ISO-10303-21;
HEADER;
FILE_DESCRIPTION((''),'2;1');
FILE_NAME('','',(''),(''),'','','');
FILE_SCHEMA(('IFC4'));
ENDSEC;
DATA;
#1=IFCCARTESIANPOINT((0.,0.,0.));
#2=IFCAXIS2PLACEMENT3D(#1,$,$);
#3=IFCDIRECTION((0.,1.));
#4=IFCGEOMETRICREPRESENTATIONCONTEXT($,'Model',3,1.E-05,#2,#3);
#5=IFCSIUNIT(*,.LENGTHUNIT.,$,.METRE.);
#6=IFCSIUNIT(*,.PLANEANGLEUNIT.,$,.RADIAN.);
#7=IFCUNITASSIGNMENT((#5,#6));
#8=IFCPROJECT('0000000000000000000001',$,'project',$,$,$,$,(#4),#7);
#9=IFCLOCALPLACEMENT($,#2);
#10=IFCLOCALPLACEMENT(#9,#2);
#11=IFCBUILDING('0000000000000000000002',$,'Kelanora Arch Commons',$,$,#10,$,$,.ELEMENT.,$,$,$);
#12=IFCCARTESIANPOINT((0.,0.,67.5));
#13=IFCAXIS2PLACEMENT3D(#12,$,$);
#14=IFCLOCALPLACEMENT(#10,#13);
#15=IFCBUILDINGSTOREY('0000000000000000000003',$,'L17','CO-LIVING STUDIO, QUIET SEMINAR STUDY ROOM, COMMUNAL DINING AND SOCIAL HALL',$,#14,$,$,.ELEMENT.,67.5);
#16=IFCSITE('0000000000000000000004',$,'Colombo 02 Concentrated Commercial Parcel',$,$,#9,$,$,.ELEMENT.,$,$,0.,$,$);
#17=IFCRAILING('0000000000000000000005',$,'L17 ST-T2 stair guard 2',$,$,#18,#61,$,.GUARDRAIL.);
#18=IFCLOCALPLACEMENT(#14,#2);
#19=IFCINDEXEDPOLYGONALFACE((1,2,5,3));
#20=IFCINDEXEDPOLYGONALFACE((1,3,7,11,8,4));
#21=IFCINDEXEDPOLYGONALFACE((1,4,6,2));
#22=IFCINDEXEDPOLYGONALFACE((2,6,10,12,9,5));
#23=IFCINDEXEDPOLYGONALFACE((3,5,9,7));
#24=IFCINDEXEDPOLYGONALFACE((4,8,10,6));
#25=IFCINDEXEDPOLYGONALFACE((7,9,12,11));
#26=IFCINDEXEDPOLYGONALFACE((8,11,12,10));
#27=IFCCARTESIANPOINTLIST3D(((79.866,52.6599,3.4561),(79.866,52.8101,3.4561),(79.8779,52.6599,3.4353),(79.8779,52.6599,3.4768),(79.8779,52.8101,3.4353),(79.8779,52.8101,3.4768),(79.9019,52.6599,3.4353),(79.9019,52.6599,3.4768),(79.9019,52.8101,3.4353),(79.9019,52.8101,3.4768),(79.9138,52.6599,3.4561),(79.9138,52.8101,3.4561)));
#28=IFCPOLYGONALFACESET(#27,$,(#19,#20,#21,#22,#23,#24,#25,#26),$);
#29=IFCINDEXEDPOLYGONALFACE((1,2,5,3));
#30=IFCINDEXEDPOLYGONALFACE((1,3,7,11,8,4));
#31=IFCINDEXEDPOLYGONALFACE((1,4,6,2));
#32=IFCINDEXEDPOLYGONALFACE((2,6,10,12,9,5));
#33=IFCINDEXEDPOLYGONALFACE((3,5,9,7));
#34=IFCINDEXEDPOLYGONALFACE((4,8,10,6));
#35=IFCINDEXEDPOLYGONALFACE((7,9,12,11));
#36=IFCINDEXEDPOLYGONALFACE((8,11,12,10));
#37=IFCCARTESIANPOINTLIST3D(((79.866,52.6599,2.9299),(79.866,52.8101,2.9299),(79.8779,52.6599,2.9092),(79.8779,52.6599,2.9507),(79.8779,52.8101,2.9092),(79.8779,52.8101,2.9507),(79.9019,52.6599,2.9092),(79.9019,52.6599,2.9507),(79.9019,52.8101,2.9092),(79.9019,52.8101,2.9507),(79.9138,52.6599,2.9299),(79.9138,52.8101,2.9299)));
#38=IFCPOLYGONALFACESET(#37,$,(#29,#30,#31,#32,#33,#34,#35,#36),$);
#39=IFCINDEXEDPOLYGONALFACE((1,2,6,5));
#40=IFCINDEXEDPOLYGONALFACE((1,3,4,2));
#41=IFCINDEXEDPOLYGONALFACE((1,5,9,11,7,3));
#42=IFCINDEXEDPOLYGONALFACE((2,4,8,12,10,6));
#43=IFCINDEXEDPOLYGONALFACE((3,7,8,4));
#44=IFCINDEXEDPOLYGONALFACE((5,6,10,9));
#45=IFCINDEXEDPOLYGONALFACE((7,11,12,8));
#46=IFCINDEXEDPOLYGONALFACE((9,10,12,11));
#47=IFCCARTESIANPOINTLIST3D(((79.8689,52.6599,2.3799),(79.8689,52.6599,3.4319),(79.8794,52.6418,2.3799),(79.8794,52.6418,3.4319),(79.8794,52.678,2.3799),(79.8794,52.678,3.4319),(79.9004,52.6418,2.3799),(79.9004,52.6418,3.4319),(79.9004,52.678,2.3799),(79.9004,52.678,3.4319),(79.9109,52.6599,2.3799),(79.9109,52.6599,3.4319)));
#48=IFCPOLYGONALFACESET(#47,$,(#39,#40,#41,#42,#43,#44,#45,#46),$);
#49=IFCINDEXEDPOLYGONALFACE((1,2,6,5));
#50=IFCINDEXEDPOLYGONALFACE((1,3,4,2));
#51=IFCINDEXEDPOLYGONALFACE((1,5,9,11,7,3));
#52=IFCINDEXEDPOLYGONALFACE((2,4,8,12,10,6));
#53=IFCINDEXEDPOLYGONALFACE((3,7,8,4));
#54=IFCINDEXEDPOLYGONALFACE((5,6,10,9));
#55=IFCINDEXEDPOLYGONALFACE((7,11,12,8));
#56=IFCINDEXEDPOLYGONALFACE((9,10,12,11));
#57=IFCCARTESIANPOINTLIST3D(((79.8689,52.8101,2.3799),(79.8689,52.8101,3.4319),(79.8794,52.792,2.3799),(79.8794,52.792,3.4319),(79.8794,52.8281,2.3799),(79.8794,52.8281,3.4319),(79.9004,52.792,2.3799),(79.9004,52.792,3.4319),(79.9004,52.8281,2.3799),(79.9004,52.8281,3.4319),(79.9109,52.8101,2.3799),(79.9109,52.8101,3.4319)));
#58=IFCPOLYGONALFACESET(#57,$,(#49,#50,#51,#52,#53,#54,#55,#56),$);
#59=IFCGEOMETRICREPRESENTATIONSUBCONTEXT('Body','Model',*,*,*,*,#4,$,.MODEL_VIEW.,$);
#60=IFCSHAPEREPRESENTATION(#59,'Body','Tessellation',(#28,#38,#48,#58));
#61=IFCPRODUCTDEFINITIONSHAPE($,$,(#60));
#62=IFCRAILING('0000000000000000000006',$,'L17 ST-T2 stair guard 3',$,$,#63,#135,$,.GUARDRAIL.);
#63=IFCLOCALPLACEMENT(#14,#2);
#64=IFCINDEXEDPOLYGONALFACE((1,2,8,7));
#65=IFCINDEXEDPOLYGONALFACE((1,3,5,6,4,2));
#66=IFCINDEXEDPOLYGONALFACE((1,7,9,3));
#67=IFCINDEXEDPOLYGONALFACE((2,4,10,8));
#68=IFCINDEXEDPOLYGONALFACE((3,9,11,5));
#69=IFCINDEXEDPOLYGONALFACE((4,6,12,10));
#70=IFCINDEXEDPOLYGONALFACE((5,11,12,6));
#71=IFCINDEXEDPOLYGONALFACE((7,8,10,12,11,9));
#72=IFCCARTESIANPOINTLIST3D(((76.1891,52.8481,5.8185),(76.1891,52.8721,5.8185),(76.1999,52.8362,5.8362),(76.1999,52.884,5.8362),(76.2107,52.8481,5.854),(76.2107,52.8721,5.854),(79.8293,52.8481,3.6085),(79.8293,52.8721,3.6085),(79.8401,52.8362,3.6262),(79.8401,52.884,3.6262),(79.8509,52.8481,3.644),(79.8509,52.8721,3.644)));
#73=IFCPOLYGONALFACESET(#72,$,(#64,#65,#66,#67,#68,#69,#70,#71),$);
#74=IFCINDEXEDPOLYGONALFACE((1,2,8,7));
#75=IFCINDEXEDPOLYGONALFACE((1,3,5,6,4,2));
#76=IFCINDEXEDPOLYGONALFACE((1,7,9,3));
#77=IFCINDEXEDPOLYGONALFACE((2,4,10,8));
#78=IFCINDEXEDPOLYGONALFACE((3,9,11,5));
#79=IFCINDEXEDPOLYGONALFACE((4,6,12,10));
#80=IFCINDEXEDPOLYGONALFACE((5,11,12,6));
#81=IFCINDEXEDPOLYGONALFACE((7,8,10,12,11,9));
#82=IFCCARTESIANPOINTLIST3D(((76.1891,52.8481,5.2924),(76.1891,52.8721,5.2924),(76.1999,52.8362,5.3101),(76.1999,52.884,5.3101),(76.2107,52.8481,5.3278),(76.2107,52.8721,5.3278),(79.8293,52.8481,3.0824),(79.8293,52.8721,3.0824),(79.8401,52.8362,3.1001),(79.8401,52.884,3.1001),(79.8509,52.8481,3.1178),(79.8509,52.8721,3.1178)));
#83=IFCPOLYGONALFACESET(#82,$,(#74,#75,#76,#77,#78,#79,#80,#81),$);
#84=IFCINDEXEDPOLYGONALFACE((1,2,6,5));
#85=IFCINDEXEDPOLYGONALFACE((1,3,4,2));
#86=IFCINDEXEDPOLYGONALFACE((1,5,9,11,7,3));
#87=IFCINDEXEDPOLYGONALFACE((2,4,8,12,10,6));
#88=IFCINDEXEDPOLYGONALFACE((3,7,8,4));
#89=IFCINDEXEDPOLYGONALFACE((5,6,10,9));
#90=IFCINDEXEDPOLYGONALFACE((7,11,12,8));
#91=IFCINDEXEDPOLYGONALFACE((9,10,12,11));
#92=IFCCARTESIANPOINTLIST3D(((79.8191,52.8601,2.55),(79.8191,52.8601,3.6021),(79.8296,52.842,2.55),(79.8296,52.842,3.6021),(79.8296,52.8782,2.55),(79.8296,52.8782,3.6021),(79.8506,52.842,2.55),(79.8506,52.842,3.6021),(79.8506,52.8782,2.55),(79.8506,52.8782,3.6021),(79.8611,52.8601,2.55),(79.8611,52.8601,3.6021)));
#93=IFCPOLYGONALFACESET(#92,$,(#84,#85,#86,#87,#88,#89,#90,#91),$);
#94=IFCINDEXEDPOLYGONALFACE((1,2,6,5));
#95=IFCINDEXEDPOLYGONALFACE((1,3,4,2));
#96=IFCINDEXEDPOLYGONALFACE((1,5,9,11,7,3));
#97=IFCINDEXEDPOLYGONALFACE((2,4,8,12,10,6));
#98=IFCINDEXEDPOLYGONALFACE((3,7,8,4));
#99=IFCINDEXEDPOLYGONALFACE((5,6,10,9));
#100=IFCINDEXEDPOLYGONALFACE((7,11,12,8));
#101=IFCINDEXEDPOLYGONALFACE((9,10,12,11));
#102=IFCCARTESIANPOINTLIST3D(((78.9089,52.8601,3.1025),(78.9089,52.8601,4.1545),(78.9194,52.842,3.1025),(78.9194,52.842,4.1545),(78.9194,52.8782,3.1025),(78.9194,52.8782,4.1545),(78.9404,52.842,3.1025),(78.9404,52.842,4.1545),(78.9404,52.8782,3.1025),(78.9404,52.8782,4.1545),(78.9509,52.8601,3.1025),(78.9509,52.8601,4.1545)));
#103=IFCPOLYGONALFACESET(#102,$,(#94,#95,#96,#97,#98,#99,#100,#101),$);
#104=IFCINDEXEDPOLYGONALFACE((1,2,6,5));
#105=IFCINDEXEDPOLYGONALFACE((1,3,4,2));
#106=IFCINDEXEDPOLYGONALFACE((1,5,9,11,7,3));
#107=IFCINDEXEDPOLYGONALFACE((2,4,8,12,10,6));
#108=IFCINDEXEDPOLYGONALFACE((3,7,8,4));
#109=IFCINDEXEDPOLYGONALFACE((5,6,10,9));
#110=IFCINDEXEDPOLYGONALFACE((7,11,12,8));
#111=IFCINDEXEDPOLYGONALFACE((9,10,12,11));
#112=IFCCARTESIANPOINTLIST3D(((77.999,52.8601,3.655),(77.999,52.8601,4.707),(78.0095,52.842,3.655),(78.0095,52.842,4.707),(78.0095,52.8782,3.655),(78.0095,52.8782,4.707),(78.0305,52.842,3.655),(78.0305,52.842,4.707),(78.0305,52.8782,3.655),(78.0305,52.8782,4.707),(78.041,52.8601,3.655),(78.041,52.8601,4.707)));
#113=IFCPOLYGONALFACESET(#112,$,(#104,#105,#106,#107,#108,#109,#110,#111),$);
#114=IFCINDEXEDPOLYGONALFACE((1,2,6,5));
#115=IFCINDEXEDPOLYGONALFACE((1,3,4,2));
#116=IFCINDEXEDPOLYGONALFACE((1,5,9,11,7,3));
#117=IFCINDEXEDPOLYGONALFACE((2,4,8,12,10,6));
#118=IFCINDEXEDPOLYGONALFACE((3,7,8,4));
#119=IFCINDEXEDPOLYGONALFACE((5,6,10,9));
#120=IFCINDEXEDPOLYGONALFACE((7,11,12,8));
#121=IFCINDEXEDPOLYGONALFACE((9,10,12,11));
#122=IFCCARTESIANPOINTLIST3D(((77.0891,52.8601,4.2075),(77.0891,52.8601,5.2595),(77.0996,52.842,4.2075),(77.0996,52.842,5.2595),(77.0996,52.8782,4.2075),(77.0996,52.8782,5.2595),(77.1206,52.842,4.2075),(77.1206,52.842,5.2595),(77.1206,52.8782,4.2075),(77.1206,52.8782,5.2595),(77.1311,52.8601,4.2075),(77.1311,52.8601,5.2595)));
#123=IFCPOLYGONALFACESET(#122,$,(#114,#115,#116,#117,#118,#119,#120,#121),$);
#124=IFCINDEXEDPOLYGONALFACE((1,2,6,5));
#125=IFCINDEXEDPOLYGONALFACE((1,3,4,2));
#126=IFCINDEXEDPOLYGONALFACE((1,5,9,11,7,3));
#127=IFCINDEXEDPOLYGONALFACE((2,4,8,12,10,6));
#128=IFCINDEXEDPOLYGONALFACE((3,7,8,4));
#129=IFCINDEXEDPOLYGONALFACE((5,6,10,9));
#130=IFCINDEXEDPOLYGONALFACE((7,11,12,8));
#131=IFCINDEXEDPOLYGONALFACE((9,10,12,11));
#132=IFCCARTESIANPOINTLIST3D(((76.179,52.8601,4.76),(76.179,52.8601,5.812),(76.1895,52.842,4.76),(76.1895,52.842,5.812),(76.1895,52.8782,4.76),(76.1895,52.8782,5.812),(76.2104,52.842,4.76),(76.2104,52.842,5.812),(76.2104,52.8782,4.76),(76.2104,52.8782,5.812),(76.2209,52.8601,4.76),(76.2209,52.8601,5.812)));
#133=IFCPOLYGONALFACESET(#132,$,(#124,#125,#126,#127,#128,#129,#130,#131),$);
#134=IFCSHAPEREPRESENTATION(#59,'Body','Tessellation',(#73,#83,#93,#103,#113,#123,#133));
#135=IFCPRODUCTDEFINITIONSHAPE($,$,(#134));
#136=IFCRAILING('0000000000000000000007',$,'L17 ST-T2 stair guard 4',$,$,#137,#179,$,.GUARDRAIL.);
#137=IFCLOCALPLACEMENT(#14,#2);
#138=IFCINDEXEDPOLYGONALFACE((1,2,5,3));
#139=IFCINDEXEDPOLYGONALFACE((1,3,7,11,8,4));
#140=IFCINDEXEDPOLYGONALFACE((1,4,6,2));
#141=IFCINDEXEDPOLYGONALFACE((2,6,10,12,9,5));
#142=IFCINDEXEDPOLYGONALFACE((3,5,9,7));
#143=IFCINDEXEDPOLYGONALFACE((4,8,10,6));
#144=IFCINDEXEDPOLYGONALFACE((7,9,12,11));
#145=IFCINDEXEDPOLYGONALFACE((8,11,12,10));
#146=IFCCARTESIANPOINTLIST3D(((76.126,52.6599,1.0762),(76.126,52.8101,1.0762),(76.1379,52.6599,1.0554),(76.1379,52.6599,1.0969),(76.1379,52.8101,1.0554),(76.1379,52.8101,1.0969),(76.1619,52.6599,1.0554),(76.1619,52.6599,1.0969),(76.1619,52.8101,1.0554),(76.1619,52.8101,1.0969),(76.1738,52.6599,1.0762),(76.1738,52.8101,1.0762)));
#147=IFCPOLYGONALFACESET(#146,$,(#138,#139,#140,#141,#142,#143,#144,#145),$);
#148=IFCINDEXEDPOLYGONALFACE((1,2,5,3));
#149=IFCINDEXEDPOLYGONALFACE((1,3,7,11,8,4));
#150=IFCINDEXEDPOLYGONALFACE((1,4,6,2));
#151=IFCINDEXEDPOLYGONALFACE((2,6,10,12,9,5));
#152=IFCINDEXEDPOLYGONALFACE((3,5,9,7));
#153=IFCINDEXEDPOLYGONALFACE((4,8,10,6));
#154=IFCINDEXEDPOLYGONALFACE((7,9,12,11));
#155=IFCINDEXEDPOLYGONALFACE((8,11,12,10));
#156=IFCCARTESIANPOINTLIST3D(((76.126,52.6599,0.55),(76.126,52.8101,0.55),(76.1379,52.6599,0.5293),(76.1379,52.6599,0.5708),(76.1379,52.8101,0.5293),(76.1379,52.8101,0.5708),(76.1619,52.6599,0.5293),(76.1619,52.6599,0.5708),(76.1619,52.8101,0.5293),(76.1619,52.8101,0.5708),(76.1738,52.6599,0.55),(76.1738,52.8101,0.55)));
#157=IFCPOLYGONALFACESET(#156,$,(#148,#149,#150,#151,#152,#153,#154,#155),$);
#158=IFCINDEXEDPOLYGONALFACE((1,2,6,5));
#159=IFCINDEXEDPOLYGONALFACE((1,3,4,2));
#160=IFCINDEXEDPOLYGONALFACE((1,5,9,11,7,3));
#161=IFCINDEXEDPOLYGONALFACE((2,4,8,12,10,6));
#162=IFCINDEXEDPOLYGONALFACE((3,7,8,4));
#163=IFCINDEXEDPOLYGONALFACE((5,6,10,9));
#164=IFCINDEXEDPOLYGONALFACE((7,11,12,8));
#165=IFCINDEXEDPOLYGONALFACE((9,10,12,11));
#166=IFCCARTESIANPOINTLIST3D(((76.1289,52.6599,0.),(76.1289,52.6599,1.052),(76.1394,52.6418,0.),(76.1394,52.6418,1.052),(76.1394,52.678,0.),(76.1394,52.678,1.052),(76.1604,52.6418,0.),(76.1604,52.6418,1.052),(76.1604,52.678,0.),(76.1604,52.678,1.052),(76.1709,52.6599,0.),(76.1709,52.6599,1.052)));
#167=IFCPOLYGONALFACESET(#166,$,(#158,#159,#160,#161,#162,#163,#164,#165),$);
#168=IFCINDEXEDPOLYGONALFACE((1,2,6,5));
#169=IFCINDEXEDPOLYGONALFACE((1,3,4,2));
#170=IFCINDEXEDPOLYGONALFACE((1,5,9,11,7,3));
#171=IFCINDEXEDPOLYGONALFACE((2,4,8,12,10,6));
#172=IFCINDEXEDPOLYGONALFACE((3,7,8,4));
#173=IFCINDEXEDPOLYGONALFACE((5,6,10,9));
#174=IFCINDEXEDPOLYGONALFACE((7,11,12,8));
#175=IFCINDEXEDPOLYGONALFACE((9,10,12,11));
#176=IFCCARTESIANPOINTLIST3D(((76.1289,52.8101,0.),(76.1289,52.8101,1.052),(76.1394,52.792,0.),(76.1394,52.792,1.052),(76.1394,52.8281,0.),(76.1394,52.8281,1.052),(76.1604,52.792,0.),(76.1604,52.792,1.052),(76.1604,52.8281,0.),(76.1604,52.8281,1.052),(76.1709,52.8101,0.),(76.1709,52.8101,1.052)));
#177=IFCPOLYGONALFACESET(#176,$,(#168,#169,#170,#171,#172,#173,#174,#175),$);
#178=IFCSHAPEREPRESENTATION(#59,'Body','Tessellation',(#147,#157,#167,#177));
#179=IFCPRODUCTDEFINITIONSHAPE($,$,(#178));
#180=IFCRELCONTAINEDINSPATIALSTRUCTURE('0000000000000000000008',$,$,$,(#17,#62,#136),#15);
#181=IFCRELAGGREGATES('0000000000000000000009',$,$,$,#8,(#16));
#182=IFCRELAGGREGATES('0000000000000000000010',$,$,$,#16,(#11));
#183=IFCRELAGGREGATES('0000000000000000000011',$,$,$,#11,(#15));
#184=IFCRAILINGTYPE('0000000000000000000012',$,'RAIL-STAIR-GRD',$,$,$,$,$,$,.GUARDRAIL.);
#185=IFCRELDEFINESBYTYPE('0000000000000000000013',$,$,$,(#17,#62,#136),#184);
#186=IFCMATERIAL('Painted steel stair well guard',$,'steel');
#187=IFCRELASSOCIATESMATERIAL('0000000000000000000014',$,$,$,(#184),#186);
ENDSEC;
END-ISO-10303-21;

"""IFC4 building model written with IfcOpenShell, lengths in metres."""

from ifc_helpers import new_model, si_unit, direction, frame, origin, place, context, subcontext, project, spatial, polyline, outline, extrude, material, type_object, element, save


model = new_model("IFC4")

# Units and contexts
model_context = context("Model", 3, precision=1e-05, world=origin(), true_north=direction((0.0, 1.0)))
body_context = subcontext(model_context, "Body", "Model", "MODEL_VIEW")
ifc_project = project(units=[si_unit("LENGTHUNIT", "METRE"), si_unit("PLANEANGLEUNIT", "RADIAN")], contexts=[model_context])

# Site, building, storey
site_placement = place(None, origin())
site = spatial("IfcSite", under=ifc_project, at=site_placement, Name="Colombo 02 Concentrated Commercial Parcel", CompositionType="ELEMENT", RefElevation=0.0)
building_placement = place(site_placement, origin())
building = spatial("IfcBuilding", under=site, at=building_placement, Name="Kelanora Arch Commons", CompositionType="ELEMENT")
storey_placement = place(building_placement, frame((0.0, 0.0, 67.5)))
storey = spatial("IfcBuildingStorey", under=building, at=storey_placement, Name="L17", Description="CO-LIVING STUDIO, QUIET SEMINAR STUDY ROOM, COMMUNAL DINING AND SOCIAL HALL", CompositionType="ELEMENT", Elevation=67.5)

# Railings
ifc_material_1 = material(Name="Painted steel stair well guard", Category="steel")
railing_type_1 = type_object("IfcRailingType", Name="RAIL-STAIR-GRD", PredefinedType="GUARDRAIL", material=ifc_material_1)
railing_1_placement = place(storey_placement, frame((79.8899, 52.6599, 2.3799)))
element("IfcRailing", 1, at=railing_1_placement, inside=storey, type_object=railing_type_1, Name="L17 ST-T2 stair guard 2", PredefinedType="GUARDRAIL", context=body_context, shape_type="SweptSolid", body=[
    extrude(outline(polyline([(0.0239, 0.0), (0.012, 0.0208), (-0.012, 0.0208), (-0.0239, 0.0), (-0.012, -0.0208), (0.012, -0.0208), (0.0239, 0.0)])), frame((0.0, 0.0, 1.0762), z_axis=(0.0, 1.0, 0.0), x_axis=(-1.0, 0.0, 0.0)), (0.0, 0.0, 1.0), 0.1501),
    extrude(outline(polyline([(0.0239, 0.0), (0.012, 0.0208), (-0.012, 0.0208), (-0.0239, 0.0), (-0.012, -0.0208), (0.012, -0.0208), (0.0239, 0.0)])), frame((0.0, 0.0, 0.55), z_axis=(0.0, 1.0, 0.0), x_axis=(-1.0, 0.0, 0.0)), (0.0, 0.0, 1.0), 0.1501),
    extrude(outline(polyline([(0.021, 0.0), (0.0105, 0.0181), (-0.0105, 0.0181), (-0.021, 0.0), (-0.0105, -0.0181), (0.0105, -0.0181), (0.021, 0.0)])), origin(), (0.0, 0.0, 1.0), 1.052),
    extrude(outline(polyline([(0.021, 0.0), (0.0105, 0.0181), (-0.0105, 0.0181), (-0.021, 0.0), (-0.0105, -0.0181), (0.0105, -0.0181), (0.021, 0.0)])), frame((0.0, 0.1501, 0.0)), (0.0, 0.0, 1.0), 1.052),
])
railing_2_placement = place(storey_placement, frame((79.8401, 52.8601, 2.55)))
element("IfcRailing", 2, at=railing_2_placement, inside=storey, type_object=railing_type_1, Name="L17 ST-T2 stair guard 3", PredefinedType="GUARDRAIL", context=body_context, shape_type="SweptSolid", body=[
    extrude(outline(polyline([(0.0239, 0.0), (0.012, 0.0208), (-0.012, 0.0208), (-0.0239, 0.0), (-0.012, -0.0208), (0.012, -0.0208), (0.0239, 0.0)])), frame((0.0, 0.0, 1.0762), z_axis=(-0.8548, 0.0, 0.518957), x_axis=(0.0, -1.0, 0.0)), (0.0, 0.0, 1.0), 4.2585),
    extrude(outline(polyline([(0.0239, 0.0), (0.012, 0.0208), (-0.012, 0.0208), (-0.0239, 0.0), (-0.012, -0.0208), (0.012, -0.0208), (0.0239, 0.0)])), frame((0.0, 0.0, 0.55), z_axis=(-0.8548, 0.0, 0.518957), x_axis=(0.0, -1.0, 0.0)), (0.0, 0.0, 1.0), 4.2585),
    extrude(outline(polyline([(0.021, 0.0), (0.0105, 0.0181), (-0.0105, 0.0181), (-0.021, 0.0), (-0.0105, -0.0181), (0.0105, -0.0181), (0.021, 0.0)])), origin(), (0.0, 0.0, 1.0), 1.052),
    extrude(outline(polyline([(0.021, 0.0), (0.0105, 0.0181), (-0.0105, 0.0181), (-0.021, 0.0), (-0.0105, -0.0181), (0.0105, -0.0181), (0.021, 0.0)])), frame((-0.9102, 0.0, 0.5525)), (0.0, 0.0, 1.0), 1.052),
    extrude(outline(polyline([(0.021, 0.0), (0.0105, 0.0181), (-0.0105, 0.0181), (-0.021, 0.0), (-0.0105, -0.0181), (0.0105, -0.0181), (0.021, 0.0)])), frame((-1.8201, 0.0, 1.105)), (0.0, 0.0, 1.0), 1.052),
    extrude(outline(polyline([(0.021, 0.0), (0.0105, 0.0181), (-0.0105, 0.0181), (-0.021, 0.0), (-0.0105, -0.0181), (0.0105, -0.0181), (0.021, 0.0)])), frame((-2.73, 0.0, 1.6575)), (0.0, 0.0, 1.0), 1.052),
    extrude(outline(polyline([(0.021, 0.0), (0.0105, 0.0181), (-0.0105, 0.0181), (-0.021, 0.0), (-0.0105, -0.0181), (0.0105, -0.0181), (0.021, 0.0)])), frame((-3.6401, 0.0, 2.21)), (0.0, 0.0, 1.0), 1.052),
])
railing_3_placement = place(storey_placement, frame((76.1499, 52.6599, 0.0)))
element("IfcRailing", 3, at=railing_3_placement, inside=storey, type_object=railing_type_1, Name="L17 ST-T2 stair guard 4", PredefinedType="GUARDRAIL", context=body_context, shape_type="SweptSolid", body=[
    extrude(outline(polyline([(0.0239, 0.0), (0.012, 0.0208), (-0.012, 0.0208), (-0.0239, 0.0), (-0.012, -0.0208), (0.012, -0.0208), (0.0239, 0.0)])), frame((0.0, 0.0, 1.0762), z_axis=(0.0, 1.0, 0.0), x_axis=(-1.0, 0.0, 0.0)), (0.0, 0.0, 1.0), 0.1501),
    extrude(outline(polyline([(0.0239, 0.0), (0.012, 0.0208), (-0.012, 0.0208), (-0.0239, 0.0), (-0.012, -0.0208), (0.012, -0.0208), (0.0239, 0.0)])), frame((0.0, 0.0, 0.55), z_axis=(0.0, 1.0, 0.0), x_axis=(-1.0, 0.0, 0.0)), (0.0, 0.0, 1.0), 0.1501),
    extrude(outline(polyline([(0.021, 0.0), (0.0105, 0.0181), (-0.0105, 0.0181), (-0.021, 0.0), (-0.0105, -0.0181), (0.0105, -0.0181), (0.021, 0.0)])), origin(), (0.0, 0.0, 1.0), 1.052),
    extrude(outline(polyline([(0.021, 0.0), (0.0105, 0.0181), (-0.0105, 0.0181), (-0.021, 0.0), (-0.0105, -0.0181), (0.0105, -0.0181), (0.021, 0.0)])), frame((0.0, 0.1501, 0.0)), (0.0, 0.0, 1.0), 1.052),
])

save(model, "model.ifc")
